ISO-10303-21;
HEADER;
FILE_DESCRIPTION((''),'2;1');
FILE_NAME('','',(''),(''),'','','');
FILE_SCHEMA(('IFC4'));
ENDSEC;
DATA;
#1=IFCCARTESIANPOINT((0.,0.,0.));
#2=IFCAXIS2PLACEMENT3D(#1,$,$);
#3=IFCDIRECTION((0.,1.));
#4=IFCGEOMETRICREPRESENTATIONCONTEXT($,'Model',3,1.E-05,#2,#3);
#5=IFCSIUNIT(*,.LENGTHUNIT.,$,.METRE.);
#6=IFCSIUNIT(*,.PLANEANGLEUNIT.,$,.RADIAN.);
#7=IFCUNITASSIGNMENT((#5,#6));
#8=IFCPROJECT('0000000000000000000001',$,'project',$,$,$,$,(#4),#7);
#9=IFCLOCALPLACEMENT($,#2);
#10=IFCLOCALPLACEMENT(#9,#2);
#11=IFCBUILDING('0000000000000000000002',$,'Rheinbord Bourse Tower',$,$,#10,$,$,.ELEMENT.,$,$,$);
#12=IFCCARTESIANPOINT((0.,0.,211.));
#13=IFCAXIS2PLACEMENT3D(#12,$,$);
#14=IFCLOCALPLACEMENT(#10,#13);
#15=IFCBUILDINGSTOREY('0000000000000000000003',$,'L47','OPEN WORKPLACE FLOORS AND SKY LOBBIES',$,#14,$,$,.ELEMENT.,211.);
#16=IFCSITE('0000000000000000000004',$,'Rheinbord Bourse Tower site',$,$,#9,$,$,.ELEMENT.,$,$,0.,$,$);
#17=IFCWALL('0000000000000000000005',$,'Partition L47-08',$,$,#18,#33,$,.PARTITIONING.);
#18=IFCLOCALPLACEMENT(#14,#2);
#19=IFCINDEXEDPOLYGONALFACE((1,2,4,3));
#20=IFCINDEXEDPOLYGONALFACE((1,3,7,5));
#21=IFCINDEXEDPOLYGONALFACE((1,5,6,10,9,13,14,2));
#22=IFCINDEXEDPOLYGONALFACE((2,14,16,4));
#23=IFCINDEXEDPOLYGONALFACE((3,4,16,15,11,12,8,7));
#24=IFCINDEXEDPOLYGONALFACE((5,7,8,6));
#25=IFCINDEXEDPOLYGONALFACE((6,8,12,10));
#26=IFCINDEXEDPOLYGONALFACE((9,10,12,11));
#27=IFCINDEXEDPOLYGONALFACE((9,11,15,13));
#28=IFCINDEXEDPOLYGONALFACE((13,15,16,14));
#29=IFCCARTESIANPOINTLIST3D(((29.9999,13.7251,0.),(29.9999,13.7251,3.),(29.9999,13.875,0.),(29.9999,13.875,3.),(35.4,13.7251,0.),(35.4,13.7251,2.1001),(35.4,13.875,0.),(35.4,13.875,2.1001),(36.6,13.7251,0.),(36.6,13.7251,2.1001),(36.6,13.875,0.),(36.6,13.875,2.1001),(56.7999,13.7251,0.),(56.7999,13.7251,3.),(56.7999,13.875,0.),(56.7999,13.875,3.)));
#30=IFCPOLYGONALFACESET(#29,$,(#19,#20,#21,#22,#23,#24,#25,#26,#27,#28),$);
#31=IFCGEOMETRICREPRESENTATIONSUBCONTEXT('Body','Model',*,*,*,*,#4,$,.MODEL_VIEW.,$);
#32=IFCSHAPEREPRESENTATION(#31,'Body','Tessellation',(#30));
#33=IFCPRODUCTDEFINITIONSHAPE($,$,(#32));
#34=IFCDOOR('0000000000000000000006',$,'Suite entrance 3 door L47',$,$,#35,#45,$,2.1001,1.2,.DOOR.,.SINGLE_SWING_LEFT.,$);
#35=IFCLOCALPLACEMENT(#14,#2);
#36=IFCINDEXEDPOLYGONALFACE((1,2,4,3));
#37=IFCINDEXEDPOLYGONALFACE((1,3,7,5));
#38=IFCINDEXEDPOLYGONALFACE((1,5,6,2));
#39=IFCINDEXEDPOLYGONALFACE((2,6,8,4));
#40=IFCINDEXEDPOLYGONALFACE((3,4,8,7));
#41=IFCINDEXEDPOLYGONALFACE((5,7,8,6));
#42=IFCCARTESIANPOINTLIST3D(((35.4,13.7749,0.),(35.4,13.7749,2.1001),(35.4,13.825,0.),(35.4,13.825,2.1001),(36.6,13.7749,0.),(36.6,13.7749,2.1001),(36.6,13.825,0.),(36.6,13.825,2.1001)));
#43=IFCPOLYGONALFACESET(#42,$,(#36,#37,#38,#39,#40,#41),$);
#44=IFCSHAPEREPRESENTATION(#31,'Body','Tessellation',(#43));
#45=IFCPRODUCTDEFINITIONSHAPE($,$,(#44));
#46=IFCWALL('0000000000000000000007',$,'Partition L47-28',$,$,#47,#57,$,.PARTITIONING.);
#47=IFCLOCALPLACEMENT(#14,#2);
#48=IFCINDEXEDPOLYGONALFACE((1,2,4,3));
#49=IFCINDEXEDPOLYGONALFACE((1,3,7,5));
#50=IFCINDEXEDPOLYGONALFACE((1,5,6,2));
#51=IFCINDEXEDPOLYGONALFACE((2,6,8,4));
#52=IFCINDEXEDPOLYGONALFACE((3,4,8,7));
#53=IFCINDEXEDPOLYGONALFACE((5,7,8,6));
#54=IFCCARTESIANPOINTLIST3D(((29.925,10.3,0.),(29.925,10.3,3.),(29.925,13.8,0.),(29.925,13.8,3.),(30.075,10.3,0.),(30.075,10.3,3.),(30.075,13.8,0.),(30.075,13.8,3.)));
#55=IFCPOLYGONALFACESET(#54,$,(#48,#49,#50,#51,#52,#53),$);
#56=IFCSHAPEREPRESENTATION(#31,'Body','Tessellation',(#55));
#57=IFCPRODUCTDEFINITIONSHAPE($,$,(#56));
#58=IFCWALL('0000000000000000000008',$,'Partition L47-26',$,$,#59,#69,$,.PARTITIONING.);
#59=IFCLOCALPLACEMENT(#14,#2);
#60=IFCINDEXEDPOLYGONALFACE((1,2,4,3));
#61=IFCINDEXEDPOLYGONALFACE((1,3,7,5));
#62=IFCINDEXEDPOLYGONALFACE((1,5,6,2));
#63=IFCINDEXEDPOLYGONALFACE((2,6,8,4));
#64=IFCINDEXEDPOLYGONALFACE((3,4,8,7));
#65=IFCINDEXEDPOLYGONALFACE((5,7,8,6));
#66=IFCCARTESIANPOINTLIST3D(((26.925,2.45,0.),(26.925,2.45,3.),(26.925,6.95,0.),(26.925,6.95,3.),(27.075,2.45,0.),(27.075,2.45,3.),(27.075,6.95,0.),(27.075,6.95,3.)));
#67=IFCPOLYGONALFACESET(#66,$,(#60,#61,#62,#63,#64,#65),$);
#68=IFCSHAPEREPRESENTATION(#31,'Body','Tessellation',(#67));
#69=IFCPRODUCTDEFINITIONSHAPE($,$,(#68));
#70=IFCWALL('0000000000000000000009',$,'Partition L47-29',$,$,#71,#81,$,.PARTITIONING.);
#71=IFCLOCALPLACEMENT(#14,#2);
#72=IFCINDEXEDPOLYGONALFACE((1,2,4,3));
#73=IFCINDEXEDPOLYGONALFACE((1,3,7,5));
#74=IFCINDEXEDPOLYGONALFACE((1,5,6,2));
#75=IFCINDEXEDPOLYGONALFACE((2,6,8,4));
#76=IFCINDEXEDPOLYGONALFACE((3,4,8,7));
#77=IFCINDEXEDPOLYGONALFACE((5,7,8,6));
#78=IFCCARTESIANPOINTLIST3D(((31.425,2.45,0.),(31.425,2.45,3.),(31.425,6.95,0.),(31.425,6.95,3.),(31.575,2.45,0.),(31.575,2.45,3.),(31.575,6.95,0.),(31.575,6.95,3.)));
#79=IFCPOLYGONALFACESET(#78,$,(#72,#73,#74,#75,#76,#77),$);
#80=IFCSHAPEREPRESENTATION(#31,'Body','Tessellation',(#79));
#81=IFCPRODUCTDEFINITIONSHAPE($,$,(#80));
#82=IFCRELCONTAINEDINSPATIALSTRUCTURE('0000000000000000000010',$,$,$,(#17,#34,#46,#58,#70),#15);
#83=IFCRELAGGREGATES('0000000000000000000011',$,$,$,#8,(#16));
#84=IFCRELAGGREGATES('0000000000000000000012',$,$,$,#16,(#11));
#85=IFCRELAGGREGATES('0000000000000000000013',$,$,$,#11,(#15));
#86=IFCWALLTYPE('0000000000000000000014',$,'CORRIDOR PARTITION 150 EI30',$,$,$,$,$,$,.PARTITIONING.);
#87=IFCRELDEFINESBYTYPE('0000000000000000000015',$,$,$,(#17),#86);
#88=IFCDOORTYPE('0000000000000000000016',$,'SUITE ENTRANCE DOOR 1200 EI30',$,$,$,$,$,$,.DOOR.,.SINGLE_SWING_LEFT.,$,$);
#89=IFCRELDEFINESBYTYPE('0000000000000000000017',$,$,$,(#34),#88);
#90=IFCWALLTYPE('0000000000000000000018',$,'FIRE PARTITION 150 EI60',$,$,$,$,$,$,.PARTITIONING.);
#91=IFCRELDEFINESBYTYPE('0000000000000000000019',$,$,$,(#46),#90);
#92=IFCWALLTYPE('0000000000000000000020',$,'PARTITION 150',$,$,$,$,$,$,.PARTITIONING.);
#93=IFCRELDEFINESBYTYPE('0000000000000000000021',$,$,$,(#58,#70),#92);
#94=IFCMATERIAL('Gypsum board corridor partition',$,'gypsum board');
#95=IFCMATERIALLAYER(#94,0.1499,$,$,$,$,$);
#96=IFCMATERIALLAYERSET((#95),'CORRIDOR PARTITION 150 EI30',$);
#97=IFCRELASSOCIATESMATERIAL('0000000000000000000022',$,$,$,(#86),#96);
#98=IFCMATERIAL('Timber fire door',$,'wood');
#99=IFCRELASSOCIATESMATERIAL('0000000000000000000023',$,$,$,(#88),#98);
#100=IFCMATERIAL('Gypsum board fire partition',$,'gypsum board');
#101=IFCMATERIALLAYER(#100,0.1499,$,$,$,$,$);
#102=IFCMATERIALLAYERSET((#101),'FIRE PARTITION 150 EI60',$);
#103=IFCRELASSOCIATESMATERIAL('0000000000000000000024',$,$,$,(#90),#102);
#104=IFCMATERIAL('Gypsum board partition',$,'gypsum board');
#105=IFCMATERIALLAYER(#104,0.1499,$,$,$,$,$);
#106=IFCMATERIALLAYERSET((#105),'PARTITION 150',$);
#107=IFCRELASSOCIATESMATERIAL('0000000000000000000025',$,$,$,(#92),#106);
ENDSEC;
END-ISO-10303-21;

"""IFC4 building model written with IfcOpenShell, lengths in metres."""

from ifc_helpers import new_model, si_unit, direction, frame, frame_2d, origin, place, context, subcontext, project, spatial, rectangle, extrude, material, layer, layer_set, type_object, element, fill, save


model = new_model("IFC4")

# Units and contexts
model_context = context("Model", 3, precision=1e-05, world=origin(), true_north=direction((0.0, 1.0)))
body_context = subcontext(model_context, "Body", "Model", "MODEL_VIEW")
ifc_project = project(units=[si_unit("LENGTHUNIT", "METRE"), si_unit("PLANEANGLEUNIT", "RADIAN")], contexts=[model_context])

# Site, building, storey
site_placement = place(None, origin())
site = spatial("IfcSite", under=ifc_project, at=site_placement, Name="Rheinbord Bourse Tower site", CompositionType="ELEMENT", RefElevation=0.0)
building_placement = place(site_placement, origin())
building = spatial("IfcBuilding", under=site, at=building_placement, Name="Rheinbord Bourse Tower", CompositionType="ELEMENT")
storey_placement = place(building_placement, frame((0.0, 0.0, 211.0)))
storey = spatial("IfcBuildingStorey", under=building, at=storey_placement, Name="L47", Description="OPEN WORKPLACE FLOORS AND SKY LOBBIES", CompositionType="ELEMENT", Elevation=211.0)

# Wall, opening, door
ifc_material_1 = material(Name="Gypsum board corridor partition", Category="gypsum board")
ifc_layer_1 = layer(ifc_material_1, 0.1499)
ifc_layer_set_1 = layer_set([ifc_layer_1], Name="CORRIDOR PARTITION 150 EI30")
wall_type_1 = type_object("IfcWallType", Name="CORRIDOR PARTITION 150 EI30", PredefinedType="PARTITIONING", material=ifc_layer_set_1)
wall_1_placement = place(storey_placement, frame((30.0, 13.8, 0.0), z_axis=(0.0, 0.0, 1.0), x_axis=(1.0, 0.0, 0.0)))
wall_1 = element("IfcWall", 1, at=wall_1_placement, inside=storey, type_object=wall_type_1, Name="Partition L47-08", PredefinedType="PARTITIONING", context=body_context, shape_type="SweptSolid", body=[
    extrude(rectangle(XDim=26.8, YDim=0.1499, at=frame_2d((13.3999, 0.0))), origin(), (0.0, 0.0, 1.0), 3.0),
])
opening_1_placement = place(wall_1_placement, frame((5.3999, 0.0, 0.0)))
opening_1 = element("IfcOpeningElement", 2, at=opening_1_placement, cuts=wall_1, PredefinedType="OPENING", context=body_context, shape_type="SweptSolid", body=[
    extrude(rectangle(XDim=1.2, YDim=2.1001, at=frame_2d((0.6001, 1.05))), frame((0.0, 0.085, 0.0), z_axis=(0.0, -1.0, 0.0), x_axis=(1.0, 0.0, 0.0)), (0.0, 0.0, 1.0), 0.1699),
])
ifc_material_2 = material(Name="Timber fire door", Category="wood")
door_type_1 = type_object("IfcDoorType", Name="SUITE ENTRANCE DOOR 1200 EI30", OperationType="SINGLE_SWING_LEFT", PredefinedType="DOOR", material=ifc_material_2)
door_1_placement = place(opening_1_placement, origin())
door_1 = element("IfcDoor", 3, at=door_1_placement, inside=storey, type_object=door_type_1, Name="Suite entrance 3 door L47", OperationType="SINGLE_SWING_LEFT", OverallHeight=2.1001, OverallWidth=1.2, PredefinedType="DOOR", context=body_context, shape_type="SweptSolid", body=[
    extrude(rectangle(XDim=1.2, YDim=2.1001, at=frame_2d((0.6001, 1.05))), frame((0.0, 0.0249, 0.0), z_axis=(0.0, -1.0, 0.0), x_axis=(1.0, 0.0, 0.0)), (0.0, 0.0, 1.0), 0.05),
])
fill(opening_1, door_1)

# Walls
ifc_material_3 = material(Name="Gypsum board fire partition", Category="gypsum board")
ifc_layer_2 = layer(ifc_material_3, 0.1499)
ifc_layer_set_2 = layer_set([ifc_layer_2], Name="FIRE PARTITION 150 EI60")
wall_type_2 = type_object("IfcWallType", Name="FIRE PARTITION 150 EI60", PredefinedType="PARTITIONING", material=ifc_layer_set_2)
wall_2_placement = place(storey_placement, frame((30.0, 10.3, 0.0), z_axis=(0.0, 0.0, 1.0), x_axis=(0.0, 1.0, 0.0)))
element("IfcWall", 4, at=wall_2_placement, inside=storey, type_object=wall_type_2, Name="Partition L47-28", PredefinedType="PARTITIONING", context=body_context, shape_type="SweptSolid", body=[
    extrude(rectangle(XDim=3.5, YDim=0.1499, at=frame_2d((1.75, 0.0))), origin(), (0.0, 0.0, 1.0), 3.0),
])
ifc_material_4 = material(Name="Gypsum board partition", Category="gypsum board")
ifc_layer_3 = layer(ifc_material_4, 0.1499)
ifc_layer_set_3 = layer_set([ifc_layer_3], Name="PARTITION 150")
wall_type_3 = type_object("IfcWallType", Name="PARTITION 150", PredefinedType="PARTITIONING", material=ifc_layer_set_3)
for number, where, z_axis, x_axis, name in (
    (5, (27.0, 2.45, 0.0), (0.0, 0.0, 1.0), (0.0, 1.0, 0.0), "Partition L47-26"),
    (6, (31.5, 2.45, 0.0), (0.0, 0.0, 1.0), (0.0, 1.0, 0.0), "Partition L47-29"),
):
    element("IfcWall", number, at=place(storey_placement, frame(where, z_axis=z_axis, x_axis=x_axis)), inside=storey, type_object=wall_type_3, Name=name, PredefinedType="PARTITIONING", context=body_context, shape_type="SweptSolid", body=[
        extrude(rectangle(XDim=4.5, YDim=0.1499, at=frame_2d((2.25, 0.0))), origin(), (0.0, 0.0, 1.0), 3.0),
    ])

save(model, "model.ifc")
